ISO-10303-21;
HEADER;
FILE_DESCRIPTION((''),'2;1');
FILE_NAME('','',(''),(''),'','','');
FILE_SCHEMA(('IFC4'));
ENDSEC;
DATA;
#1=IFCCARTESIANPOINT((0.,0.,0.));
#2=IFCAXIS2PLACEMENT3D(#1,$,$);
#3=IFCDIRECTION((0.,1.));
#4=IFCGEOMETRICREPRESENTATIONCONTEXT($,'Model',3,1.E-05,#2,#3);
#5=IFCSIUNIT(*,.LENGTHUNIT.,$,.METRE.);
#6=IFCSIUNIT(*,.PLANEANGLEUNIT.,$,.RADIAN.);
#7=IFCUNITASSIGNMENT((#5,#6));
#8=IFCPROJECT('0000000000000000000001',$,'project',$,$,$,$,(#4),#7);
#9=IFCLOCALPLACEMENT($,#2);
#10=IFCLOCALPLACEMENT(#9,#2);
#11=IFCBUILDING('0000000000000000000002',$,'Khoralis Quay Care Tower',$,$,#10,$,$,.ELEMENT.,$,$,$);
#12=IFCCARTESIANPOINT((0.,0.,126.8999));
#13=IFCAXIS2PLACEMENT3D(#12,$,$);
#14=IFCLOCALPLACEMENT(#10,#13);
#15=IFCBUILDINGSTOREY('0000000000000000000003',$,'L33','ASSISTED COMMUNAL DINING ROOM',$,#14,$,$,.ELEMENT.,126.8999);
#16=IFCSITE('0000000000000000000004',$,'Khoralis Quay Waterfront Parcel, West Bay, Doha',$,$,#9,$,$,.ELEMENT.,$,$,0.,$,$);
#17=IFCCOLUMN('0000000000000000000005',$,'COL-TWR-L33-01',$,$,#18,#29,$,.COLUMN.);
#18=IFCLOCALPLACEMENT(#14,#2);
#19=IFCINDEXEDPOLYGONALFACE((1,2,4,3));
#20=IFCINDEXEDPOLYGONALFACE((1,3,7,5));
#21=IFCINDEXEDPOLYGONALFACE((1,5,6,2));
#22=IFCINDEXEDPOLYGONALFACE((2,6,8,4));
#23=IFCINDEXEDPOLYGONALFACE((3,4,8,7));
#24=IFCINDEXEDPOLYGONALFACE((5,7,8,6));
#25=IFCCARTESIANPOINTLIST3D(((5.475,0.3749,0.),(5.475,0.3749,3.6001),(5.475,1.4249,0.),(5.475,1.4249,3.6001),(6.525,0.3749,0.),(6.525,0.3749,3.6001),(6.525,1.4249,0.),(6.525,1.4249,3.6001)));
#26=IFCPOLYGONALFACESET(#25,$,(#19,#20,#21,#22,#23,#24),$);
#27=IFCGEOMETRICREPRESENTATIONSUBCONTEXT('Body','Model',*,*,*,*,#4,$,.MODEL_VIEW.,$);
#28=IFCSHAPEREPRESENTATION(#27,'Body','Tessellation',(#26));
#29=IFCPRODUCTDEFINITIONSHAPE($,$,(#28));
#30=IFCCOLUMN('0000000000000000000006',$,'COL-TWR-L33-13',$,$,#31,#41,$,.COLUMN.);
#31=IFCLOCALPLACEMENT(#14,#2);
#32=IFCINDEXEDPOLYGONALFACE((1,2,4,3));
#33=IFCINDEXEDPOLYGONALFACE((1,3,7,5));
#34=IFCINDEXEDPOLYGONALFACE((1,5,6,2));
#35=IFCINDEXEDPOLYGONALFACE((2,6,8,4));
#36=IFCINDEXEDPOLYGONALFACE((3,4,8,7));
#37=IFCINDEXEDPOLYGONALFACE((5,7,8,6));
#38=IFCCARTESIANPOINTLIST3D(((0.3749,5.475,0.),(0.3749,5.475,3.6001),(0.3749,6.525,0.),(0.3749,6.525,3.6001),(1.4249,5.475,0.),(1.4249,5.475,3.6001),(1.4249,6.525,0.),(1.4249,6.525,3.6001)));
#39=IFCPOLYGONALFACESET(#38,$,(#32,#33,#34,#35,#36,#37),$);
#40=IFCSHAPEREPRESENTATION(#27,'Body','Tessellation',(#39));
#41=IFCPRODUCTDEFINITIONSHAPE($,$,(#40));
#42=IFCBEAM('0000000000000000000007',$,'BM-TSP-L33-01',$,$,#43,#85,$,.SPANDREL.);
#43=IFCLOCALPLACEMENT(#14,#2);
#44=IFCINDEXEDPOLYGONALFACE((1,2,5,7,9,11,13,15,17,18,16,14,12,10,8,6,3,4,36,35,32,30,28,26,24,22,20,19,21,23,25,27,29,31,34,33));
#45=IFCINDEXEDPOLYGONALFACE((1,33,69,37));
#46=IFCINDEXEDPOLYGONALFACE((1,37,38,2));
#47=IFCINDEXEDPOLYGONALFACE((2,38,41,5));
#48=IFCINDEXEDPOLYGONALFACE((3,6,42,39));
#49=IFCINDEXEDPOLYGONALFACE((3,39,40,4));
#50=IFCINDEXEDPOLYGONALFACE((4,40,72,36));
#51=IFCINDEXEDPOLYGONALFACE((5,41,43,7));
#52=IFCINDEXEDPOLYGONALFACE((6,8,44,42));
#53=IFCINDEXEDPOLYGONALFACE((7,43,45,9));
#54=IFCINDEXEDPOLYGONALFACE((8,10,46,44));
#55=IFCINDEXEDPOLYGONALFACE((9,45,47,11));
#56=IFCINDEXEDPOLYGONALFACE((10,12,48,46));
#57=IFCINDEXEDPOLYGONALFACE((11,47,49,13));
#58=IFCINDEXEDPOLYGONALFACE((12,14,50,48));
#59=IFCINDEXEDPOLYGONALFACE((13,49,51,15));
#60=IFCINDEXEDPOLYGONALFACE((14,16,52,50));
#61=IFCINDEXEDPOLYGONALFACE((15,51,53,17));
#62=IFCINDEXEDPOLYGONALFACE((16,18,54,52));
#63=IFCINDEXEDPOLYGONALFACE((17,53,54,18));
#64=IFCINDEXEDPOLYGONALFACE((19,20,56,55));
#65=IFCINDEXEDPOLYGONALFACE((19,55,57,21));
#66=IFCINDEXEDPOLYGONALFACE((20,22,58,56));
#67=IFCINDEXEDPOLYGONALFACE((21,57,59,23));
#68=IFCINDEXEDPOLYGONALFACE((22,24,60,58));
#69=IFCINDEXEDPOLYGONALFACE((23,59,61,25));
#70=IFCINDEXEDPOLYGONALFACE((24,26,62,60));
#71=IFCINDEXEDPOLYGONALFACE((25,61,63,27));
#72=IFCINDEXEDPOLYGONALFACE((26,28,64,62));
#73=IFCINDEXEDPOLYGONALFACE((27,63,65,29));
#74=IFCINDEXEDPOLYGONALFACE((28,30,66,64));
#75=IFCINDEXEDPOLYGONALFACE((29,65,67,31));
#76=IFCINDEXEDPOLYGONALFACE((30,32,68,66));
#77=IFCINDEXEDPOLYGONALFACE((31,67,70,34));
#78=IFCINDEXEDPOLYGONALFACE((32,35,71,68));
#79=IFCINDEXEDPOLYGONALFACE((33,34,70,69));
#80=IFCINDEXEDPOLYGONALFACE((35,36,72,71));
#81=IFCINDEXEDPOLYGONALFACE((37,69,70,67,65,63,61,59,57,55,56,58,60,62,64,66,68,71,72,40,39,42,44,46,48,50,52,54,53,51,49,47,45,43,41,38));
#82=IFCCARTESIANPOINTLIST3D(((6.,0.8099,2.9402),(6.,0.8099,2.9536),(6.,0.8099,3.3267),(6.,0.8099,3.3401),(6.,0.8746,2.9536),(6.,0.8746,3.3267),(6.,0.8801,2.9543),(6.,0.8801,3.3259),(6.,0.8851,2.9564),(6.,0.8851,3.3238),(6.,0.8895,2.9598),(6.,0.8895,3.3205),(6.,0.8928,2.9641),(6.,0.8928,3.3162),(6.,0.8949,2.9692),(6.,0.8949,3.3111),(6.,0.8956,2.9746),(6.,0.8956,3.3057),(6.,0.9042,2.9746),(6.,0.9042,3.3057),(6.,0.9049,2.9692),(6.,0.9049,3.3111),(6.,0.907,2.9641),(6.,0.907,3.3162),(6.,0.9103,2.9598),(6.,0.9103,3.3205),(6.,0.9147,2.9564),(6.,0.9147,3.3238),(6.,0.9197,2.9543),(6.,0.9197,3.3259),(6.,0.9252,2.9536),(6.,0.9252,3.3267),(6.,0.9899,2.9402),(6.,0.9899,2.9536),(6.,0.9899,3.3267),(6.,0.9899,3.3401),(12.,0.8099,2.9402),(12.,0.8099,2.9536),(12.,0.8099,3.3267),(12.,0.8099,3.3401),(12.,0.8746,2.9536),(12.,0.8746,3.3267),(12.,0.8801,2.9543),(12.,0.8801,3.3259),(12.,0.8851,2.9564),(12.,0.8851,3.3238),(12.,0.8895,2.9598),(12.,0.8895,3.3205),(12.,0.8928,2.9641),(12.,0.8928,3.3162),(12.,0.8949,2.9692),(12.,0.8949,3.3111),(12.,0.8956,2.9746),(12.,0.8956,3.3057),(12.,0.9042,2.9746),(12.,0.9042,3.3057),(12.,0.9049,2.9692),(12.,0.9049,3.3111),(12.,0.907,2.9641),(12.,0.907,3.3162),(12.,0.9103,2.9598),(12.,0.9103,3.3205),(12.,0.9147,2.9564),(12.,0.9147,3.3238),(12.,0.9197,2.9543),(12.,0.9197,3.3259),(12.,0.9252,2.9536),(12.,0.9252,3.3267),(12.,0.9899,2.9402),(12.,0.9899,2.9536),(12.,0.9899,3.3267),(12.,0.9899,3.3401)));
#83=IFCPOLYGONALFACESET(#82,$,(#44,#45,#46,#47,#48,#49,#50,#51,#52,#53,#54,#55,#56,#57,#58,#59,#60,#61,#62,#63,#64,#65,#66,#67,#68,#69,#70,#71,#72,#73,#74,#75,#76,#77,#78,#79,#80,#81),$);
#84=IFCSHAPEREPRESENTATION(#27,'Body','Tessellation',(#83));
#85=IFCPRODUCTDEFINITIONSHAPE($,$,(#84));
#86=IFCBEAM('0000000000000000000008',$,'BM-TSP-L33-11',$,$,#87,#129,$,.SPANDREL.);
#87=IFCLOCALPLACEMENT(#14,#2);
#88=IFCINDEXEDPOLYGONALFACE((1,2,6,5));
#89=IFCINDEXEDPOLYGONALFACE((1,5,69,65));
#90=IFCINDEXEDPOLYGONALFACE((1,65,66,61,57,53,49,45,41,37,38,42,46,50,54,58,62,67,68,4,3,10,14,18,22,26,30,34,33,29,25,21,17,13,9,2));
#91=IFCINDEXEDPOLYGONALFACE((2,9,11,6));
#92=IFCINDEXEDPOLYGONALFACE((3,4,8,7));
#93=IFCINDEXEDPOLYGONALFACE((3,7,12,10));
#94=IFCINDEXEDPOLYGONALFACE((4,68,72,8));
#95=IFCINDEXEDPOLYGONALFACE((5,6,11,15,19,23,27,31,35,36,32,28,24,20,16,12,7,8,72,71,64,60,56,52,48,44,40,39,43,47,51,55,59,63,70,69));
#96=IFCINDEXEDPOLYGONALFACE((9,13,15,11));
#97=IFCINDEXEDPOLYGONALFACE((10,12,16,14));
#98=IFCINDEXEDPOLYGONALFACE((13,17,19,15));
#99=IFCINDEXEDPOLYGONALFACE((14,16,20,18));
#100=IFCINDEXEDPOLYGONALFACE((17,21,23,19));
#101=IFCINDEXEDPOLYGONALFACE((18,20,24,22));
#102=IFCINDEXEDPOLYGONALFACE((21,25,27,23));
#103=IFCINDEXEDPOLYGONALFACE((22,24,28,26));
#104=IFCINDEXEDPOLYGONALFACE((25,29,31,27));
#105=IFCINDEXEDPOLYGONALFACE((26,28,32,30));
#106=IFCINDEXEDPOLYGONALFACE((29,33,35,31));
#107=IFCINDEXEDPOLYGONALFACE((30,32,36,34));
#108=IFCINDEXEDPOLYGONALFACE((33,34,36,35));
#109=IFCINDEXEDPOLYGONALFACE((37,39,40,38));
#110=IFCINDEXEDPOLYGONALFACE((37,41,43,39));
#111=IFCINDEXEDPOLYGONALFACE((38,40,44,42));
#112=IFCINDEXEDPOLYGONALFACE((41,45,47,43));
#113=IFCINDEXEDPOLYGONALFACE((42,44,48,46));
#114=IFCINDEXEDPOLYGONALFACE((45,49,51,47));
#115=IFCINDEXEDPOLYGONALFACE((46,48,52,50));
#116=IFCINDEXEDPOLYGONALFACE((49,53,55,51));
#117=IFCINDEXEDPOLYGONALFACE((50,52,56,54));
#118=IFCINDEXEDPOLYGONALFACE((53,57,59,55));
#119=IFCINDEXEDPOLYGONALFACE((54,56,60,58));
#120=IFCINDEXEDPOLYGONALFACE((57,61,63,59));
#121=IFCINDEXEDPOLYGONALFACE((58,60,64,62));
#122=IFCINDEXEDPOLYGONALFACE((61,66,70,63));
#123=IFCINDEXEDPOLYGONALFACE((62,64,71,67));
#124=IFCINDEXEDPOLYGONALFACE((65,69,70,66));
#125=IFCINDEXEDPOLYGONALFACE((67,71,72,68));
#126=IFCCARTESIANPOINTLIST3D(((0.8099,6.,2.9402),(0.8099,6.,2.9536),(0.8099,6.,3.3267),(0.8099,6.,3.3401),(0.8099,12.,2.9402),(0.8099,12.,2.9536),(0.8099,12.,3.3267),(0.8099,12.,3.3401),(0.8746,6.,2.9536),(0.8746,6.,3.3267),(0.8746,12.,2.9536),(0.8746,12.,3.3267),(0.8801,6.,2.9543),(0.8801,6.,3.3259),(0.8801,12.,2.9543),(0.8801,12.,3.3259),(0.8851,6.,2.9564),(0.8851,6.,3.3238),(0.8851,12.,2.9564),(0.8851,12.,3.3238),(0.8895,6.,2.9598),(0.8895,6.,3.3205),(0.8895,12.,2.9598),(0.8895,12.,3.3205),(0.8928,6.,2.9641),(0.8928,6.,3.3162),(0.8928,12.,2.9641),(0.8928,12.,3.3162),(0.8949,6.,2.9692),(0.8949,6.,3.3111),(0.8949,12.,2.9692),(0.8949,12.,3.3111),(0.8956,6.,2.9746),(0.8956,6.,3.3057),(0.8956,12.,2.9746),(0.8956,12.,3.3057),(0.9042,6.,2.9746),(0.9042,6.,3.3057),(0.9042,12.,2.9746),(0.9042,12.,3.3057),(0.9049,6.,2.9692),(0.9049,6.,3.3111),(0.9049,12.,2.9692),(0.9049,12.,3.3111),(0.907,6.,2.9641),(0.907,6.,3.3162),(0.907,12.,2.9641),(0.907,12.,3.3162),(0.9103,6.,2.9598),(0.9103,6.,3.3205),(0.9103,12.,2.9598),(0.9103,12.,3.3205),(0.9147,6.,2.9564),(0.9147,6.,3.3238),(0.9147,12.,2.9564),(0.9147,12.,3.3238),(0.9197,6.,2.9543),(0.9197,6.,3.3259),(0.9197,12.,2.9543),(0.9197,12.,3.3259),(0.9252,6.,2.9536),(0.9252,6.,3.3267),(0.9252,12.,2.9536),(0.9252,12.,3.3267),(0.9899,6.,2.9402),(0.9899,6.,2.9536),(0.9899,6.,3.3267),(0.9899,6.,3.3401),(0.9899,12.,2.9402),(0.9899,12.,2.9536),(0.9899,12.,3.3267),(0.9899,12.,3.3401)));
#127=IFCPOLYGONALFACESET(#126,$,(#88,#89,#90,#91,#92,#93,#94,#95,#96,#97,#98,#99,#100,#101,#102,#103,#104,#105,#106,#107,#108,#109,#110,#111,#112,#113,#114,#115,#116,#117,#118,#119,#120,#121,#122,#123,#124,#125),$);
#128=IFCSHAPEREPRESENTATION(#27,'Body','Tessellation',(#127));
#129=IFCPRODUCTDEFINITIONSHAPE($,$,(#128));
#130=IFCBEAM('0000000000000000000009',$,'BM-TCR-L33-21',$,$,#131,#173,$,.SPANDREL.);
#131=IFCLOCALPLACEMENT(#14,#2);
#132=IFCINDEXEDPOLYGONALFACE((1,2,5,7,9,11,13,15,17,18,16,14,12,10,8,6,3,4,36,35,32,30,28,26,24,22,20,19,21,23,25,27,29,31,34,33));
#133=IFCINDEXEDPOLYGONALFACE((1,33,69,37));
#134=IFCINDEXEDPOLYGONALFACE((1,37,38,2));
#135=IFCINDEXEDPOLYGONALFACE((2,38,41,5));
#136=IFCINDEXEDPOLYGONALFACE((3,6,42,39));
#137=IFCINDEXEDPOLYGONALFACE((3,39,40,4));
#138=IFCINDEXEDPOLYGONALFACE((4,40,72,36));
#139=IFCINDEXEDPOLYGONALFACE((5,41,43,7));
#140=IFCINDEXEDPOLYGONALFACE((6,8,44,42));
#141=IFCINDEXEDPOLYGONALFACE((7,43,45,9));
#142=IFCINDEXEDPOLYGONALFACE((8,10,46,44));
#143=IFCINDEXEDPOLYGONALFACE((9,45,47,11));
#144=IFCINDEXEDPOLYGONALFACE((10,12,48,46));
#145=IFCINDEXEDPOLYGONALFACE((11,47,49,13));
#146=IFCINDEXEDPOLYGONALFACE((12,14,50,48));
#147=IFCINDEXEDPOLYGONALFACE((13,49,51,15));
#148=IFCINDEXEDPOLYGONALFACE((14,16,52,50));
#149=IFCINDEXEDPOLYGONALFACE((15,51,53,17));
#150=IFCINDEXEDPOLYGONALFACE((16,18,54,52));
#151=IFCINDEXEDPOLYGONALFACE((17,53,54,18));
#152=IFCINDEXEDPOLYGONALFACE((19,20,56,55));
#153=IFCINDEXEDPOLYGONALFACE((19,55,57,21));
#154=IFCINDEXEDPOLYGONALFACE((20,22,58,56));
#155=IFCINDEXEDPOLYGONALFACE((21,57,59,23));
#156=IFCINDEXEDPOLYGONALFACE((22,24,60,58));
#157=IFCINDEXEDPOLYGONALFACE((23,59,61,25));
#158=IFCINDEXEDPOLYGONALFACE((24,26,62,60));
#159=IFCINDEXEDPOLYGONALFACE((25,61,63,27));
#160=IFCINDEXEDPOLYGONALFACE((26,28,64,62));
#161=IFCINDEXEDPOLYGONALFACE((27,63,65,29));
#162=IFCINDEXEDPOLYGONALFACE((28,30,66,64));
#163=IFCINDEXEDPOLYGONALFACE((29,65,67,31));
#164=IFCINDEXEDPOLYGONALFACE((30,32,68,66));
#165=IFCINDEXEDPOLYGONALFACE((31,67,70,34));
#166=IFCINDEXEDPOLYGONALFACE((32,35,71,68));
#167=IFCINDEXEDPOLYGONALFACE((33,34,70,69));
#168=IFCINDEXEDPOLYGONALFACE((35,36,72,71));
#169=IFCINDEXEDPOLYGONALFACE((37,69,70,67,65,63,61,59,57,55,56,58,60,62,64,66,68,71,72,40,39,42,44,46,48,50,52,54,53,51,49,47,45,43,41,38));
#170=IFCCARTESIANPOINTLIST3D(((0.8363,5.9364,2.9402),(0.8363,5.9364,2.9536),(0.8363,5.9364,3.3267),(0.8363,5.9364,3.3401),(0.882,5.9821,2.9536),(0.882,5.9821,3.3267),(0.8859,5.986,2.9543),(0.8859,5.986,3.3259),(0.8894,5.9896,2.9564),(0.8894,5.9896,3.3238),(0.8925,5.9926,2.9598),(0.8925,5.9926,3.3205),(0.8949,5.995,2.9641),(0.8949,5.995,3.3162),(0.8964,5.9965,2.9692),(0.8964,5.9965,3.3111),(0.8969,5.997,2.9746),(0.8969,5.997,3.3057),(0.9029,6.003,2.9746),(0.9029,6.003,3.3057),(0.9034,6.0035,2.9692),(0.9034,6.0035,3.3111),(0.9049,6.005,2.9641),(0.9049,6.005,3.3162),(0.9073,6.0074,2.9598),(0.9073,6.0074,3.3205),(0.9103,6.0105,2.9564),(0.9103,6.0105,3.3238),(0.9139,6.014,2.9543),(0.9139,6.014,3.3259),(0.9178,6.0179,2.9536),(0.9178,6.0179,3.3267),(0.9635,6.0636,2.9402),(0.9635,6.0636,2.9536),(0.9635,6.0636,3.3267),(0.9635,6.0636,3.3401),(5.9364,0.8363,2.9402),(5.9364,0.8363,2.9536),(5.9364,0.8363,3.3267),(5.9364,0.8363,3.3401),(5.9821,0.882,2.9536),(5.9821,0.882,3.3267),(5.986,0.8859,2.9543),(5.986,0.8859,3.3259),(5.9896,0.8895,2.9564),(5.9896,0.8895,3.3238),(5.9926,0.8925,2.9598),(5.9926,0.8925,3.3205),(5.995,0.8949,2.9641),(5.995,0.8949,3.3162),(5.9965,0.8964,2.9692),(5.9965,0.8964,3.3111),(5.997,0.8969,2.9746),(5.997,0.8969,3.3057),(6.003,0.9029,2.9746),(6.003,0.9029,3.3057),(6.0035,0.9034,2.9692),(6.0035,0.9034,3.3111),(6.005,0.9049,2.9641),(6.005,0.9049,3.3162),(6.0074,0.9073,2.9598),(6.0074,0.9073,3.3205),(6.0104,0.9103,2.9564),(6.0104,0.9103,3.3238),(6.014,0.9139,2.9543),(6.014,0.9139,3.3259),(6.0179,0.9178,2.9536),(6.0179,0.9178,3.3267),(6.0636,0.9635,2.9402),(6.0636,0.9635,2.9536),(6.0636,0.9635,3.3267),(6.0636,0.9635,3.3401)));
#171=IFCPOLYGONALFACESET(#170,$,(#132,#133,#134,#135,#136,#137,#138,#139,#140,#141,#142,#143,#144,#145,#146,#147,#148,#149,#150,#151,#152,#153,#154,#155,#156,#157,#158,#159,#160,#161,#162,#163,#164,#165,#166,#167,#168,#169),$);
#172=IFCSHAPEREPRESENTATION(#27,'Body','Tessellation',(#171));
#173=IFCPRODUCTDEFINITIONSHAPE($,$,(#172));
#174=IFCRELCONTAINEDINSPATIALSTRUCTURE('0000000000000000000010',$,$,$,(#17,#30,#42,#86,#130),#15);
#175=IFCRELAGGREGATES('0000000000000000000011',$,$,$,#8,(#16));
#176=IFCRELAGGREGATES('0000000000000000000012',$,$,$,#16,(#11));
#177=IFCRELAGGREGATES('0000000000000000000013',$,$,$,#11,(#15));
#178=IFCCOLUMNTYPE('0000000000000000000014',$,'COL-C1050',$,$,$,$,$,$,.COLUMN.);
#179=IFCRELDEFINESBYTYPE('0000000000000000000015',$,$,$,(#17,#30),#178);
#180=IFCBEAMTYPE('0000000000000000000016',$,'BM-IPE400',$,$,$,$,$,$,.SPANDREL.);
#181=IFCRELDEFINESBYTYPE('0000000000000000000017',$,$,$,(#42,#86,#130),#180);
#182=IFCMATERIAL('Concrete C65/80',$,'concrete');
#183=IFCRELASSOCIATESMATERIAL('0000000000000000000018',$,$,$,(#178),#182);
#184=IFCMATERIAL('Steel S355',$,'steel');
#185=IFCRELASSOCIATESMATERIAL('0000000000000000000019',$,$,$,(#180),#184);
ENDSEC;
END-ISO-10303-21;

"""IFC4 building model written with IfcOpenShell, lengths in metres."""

from ifc_helpers import new_model, si_unit, direction, frame, origin, origin_2d, place, context, subcontext, project, spatial, rectangle, i_section, extrude, source, transform, mapped, material, material_profile, profile_set, type_object, element, save


model = new_model("IFC4")

# Units and contexts
model_context = context("Model", 3, precision=1e-05, world=origin(), true_north=direction((0.0, 1.0)))
body_context = subcontext(model_context, "Body", "Model", "MODEL_VIEW")
ifc_project = project(units=[si_unit("LENGTHUNIT", "METRE"), si_unit("PLANEANGLEUNIT", "RADIAN")], contexts=[model_context])

# Site, building, storey
site_placement = place(None, origin())
site = spatial("IfcSite", under=ifc_project, at=site_placement, Name="Khoralis Quay Waterfront Parcel, West Bay, Doha", CompositionType="ELEMENT", RefElevation=0.0)
building_placement = place(site_placement, origin())
building = spatial("IfcBuilding", under=site, at=building_placement, Name="Khoralis Quay Care Tower", CompositionType="ELEMENT")
storey_placement = place(building_placement, frame((0.0, 0.0, 126.8999)))
storey = spatial("IfcBuildingStorey", under=building, at=storey_placement, Name="L33", Description="ASSISTED COMMUNAL DINING ROOM", CompositionType="ELEMENT", Elevation=126.8999)

# Columns
ifc_material_1 = material(Name="Concrete C65/80", Category="concrete")
ifc_material_profile_1 = material_profile(ifc_material_1, rectangle(XDim=1.05, YDim=1.05, at=origin_2d()), Name="Concrete C65/80")
ifc_profile_set_1 = profile_set([ifc_material_profile_1], Name="Concrete C65/80")
column_type = type_object("IfcColumnType", Name="COL-C1050", PredefinedType="COLUMN", material=ifc_profile_set_1)
shared_shape_1 = source(origin(), body_context, "Body", "SweptSolid", [
    extrude(rectangle(XDim=1.05, YDim=1.05, at=origin_2d()), origin(), (0.0, 0.0, 1.0), 3.6001),
])
for number, where, z_axis, x_axis, name in (
    (1, (6.0, 0.8999, 0.0), (0.0, 0.0, 1.0), (1.0, 0.0, 0.0), "COL-TWR-L33-01"),
    (2, (0.8999, 6.0, 0.0), (0.0, 0.0, 1.0), (1.0, 0.0, 0.0), "COL-TWR-L33-13"),
):
    element("IfcColumn", number, at=place(storey_placement, frame(where, z_axis=z_axis, x_axis=x_axis)), inside=storey, type_object=column_type, Name=name, PredefinedType="COLUMN", context=body_context, shape_type="MappedRepresentation", body=[
        mapped(shared_shape_1, transform((0.0, 0.0, 0.0), scale=1.0)),
    ])

# Beams
ifc_material_2 = material(Name="Steel S355", Category="steel")
ifc_material_profile_2 = material_profile(ifc_material_2, i_section(OverallWidth=0.1799, OverallDepth=0.3999, WebThickness=0.0085, FlangeThickness=0.0134, FilletRadius=0.021, at=origin_2d()), Name="Steel S355")
ifc_profile_set_2 = profile_set([ifc_material_profile_2], Name="Steel S355")
beam_type_1 = type_object("IfcBeamType", Name="BM-IPE400", PredefinedType="SPANDREL", material=ifc_profile_set_2)
shared_shape_2 = source(origin(), body_context, "Body", "SweptSolid", [
    extrude(i_section(OverallWidth=0.1799, OverallDepth=0.3999, WebThickness=0.0085, FlangeThickness=0.0134, FilletRadius=0.021, at=origin_2d()), origin(), (0.0, 0.0, 1.0), 6.0),
])
for number, where, z_axis, x_axis, name in (
    (3, (6.0, 0.8999, 3.1401), (1.0, 0.0, 0.0), (0.0, 1.0, 0.0), "BM-TSP-L33-01"),
    (4, (0.8999, 6.0, 3.1401), (0.0, 1.0, 0.0), (-1.0, 0.0, 0.0), "BM-TSP-L33-11"),
):
    element("IfcBeam", number, at=place(storey_placement, frame(where, z_axis=z_axis, x_axis=x_axis)), inside=storey, type_object=beam_type_1, Name=name, PredefinedType="SPANDREL", context=body_context, shape_type="MappedRepresentation", body=[
        mapped(shared_shape_2, transform((0.0, 0.0, 0.0), scale=1.0)),
    ])
shared_shape_3 = source(origin(), body_context, "Body", "SweptSolid", [
    extrude(i_section(OverallWidth=0.1799, OverallDepth=0.3999, WebThickness=0.0085, FlangeThickness=0.0134, FilletRadius=0.021, at=origin_2d()), origin(), (0.0, 0.0, 1.0), 7.2126),
])
beam_1_placement = place(storey_placement, frame((6.0, 0.8999, 3.1401), z_axis=(-0.707107, 0.707107, 0.0), x_axis=(-0.707107, -0.707107, 0.0)))
element("IfcBeam", 5, at=beam_1_placement, inside=storey, type_object=beam_type_1, Name="BM-TCR-L33-21", PredefinedType="SPANDREL", context=body_context, shape_type="MappedRepresentation", body=[
    mapped(shared_shape_3, transform((0.0, 0.0, 0.0), scale=1.0)),
])

save(model, "model.ifc")
